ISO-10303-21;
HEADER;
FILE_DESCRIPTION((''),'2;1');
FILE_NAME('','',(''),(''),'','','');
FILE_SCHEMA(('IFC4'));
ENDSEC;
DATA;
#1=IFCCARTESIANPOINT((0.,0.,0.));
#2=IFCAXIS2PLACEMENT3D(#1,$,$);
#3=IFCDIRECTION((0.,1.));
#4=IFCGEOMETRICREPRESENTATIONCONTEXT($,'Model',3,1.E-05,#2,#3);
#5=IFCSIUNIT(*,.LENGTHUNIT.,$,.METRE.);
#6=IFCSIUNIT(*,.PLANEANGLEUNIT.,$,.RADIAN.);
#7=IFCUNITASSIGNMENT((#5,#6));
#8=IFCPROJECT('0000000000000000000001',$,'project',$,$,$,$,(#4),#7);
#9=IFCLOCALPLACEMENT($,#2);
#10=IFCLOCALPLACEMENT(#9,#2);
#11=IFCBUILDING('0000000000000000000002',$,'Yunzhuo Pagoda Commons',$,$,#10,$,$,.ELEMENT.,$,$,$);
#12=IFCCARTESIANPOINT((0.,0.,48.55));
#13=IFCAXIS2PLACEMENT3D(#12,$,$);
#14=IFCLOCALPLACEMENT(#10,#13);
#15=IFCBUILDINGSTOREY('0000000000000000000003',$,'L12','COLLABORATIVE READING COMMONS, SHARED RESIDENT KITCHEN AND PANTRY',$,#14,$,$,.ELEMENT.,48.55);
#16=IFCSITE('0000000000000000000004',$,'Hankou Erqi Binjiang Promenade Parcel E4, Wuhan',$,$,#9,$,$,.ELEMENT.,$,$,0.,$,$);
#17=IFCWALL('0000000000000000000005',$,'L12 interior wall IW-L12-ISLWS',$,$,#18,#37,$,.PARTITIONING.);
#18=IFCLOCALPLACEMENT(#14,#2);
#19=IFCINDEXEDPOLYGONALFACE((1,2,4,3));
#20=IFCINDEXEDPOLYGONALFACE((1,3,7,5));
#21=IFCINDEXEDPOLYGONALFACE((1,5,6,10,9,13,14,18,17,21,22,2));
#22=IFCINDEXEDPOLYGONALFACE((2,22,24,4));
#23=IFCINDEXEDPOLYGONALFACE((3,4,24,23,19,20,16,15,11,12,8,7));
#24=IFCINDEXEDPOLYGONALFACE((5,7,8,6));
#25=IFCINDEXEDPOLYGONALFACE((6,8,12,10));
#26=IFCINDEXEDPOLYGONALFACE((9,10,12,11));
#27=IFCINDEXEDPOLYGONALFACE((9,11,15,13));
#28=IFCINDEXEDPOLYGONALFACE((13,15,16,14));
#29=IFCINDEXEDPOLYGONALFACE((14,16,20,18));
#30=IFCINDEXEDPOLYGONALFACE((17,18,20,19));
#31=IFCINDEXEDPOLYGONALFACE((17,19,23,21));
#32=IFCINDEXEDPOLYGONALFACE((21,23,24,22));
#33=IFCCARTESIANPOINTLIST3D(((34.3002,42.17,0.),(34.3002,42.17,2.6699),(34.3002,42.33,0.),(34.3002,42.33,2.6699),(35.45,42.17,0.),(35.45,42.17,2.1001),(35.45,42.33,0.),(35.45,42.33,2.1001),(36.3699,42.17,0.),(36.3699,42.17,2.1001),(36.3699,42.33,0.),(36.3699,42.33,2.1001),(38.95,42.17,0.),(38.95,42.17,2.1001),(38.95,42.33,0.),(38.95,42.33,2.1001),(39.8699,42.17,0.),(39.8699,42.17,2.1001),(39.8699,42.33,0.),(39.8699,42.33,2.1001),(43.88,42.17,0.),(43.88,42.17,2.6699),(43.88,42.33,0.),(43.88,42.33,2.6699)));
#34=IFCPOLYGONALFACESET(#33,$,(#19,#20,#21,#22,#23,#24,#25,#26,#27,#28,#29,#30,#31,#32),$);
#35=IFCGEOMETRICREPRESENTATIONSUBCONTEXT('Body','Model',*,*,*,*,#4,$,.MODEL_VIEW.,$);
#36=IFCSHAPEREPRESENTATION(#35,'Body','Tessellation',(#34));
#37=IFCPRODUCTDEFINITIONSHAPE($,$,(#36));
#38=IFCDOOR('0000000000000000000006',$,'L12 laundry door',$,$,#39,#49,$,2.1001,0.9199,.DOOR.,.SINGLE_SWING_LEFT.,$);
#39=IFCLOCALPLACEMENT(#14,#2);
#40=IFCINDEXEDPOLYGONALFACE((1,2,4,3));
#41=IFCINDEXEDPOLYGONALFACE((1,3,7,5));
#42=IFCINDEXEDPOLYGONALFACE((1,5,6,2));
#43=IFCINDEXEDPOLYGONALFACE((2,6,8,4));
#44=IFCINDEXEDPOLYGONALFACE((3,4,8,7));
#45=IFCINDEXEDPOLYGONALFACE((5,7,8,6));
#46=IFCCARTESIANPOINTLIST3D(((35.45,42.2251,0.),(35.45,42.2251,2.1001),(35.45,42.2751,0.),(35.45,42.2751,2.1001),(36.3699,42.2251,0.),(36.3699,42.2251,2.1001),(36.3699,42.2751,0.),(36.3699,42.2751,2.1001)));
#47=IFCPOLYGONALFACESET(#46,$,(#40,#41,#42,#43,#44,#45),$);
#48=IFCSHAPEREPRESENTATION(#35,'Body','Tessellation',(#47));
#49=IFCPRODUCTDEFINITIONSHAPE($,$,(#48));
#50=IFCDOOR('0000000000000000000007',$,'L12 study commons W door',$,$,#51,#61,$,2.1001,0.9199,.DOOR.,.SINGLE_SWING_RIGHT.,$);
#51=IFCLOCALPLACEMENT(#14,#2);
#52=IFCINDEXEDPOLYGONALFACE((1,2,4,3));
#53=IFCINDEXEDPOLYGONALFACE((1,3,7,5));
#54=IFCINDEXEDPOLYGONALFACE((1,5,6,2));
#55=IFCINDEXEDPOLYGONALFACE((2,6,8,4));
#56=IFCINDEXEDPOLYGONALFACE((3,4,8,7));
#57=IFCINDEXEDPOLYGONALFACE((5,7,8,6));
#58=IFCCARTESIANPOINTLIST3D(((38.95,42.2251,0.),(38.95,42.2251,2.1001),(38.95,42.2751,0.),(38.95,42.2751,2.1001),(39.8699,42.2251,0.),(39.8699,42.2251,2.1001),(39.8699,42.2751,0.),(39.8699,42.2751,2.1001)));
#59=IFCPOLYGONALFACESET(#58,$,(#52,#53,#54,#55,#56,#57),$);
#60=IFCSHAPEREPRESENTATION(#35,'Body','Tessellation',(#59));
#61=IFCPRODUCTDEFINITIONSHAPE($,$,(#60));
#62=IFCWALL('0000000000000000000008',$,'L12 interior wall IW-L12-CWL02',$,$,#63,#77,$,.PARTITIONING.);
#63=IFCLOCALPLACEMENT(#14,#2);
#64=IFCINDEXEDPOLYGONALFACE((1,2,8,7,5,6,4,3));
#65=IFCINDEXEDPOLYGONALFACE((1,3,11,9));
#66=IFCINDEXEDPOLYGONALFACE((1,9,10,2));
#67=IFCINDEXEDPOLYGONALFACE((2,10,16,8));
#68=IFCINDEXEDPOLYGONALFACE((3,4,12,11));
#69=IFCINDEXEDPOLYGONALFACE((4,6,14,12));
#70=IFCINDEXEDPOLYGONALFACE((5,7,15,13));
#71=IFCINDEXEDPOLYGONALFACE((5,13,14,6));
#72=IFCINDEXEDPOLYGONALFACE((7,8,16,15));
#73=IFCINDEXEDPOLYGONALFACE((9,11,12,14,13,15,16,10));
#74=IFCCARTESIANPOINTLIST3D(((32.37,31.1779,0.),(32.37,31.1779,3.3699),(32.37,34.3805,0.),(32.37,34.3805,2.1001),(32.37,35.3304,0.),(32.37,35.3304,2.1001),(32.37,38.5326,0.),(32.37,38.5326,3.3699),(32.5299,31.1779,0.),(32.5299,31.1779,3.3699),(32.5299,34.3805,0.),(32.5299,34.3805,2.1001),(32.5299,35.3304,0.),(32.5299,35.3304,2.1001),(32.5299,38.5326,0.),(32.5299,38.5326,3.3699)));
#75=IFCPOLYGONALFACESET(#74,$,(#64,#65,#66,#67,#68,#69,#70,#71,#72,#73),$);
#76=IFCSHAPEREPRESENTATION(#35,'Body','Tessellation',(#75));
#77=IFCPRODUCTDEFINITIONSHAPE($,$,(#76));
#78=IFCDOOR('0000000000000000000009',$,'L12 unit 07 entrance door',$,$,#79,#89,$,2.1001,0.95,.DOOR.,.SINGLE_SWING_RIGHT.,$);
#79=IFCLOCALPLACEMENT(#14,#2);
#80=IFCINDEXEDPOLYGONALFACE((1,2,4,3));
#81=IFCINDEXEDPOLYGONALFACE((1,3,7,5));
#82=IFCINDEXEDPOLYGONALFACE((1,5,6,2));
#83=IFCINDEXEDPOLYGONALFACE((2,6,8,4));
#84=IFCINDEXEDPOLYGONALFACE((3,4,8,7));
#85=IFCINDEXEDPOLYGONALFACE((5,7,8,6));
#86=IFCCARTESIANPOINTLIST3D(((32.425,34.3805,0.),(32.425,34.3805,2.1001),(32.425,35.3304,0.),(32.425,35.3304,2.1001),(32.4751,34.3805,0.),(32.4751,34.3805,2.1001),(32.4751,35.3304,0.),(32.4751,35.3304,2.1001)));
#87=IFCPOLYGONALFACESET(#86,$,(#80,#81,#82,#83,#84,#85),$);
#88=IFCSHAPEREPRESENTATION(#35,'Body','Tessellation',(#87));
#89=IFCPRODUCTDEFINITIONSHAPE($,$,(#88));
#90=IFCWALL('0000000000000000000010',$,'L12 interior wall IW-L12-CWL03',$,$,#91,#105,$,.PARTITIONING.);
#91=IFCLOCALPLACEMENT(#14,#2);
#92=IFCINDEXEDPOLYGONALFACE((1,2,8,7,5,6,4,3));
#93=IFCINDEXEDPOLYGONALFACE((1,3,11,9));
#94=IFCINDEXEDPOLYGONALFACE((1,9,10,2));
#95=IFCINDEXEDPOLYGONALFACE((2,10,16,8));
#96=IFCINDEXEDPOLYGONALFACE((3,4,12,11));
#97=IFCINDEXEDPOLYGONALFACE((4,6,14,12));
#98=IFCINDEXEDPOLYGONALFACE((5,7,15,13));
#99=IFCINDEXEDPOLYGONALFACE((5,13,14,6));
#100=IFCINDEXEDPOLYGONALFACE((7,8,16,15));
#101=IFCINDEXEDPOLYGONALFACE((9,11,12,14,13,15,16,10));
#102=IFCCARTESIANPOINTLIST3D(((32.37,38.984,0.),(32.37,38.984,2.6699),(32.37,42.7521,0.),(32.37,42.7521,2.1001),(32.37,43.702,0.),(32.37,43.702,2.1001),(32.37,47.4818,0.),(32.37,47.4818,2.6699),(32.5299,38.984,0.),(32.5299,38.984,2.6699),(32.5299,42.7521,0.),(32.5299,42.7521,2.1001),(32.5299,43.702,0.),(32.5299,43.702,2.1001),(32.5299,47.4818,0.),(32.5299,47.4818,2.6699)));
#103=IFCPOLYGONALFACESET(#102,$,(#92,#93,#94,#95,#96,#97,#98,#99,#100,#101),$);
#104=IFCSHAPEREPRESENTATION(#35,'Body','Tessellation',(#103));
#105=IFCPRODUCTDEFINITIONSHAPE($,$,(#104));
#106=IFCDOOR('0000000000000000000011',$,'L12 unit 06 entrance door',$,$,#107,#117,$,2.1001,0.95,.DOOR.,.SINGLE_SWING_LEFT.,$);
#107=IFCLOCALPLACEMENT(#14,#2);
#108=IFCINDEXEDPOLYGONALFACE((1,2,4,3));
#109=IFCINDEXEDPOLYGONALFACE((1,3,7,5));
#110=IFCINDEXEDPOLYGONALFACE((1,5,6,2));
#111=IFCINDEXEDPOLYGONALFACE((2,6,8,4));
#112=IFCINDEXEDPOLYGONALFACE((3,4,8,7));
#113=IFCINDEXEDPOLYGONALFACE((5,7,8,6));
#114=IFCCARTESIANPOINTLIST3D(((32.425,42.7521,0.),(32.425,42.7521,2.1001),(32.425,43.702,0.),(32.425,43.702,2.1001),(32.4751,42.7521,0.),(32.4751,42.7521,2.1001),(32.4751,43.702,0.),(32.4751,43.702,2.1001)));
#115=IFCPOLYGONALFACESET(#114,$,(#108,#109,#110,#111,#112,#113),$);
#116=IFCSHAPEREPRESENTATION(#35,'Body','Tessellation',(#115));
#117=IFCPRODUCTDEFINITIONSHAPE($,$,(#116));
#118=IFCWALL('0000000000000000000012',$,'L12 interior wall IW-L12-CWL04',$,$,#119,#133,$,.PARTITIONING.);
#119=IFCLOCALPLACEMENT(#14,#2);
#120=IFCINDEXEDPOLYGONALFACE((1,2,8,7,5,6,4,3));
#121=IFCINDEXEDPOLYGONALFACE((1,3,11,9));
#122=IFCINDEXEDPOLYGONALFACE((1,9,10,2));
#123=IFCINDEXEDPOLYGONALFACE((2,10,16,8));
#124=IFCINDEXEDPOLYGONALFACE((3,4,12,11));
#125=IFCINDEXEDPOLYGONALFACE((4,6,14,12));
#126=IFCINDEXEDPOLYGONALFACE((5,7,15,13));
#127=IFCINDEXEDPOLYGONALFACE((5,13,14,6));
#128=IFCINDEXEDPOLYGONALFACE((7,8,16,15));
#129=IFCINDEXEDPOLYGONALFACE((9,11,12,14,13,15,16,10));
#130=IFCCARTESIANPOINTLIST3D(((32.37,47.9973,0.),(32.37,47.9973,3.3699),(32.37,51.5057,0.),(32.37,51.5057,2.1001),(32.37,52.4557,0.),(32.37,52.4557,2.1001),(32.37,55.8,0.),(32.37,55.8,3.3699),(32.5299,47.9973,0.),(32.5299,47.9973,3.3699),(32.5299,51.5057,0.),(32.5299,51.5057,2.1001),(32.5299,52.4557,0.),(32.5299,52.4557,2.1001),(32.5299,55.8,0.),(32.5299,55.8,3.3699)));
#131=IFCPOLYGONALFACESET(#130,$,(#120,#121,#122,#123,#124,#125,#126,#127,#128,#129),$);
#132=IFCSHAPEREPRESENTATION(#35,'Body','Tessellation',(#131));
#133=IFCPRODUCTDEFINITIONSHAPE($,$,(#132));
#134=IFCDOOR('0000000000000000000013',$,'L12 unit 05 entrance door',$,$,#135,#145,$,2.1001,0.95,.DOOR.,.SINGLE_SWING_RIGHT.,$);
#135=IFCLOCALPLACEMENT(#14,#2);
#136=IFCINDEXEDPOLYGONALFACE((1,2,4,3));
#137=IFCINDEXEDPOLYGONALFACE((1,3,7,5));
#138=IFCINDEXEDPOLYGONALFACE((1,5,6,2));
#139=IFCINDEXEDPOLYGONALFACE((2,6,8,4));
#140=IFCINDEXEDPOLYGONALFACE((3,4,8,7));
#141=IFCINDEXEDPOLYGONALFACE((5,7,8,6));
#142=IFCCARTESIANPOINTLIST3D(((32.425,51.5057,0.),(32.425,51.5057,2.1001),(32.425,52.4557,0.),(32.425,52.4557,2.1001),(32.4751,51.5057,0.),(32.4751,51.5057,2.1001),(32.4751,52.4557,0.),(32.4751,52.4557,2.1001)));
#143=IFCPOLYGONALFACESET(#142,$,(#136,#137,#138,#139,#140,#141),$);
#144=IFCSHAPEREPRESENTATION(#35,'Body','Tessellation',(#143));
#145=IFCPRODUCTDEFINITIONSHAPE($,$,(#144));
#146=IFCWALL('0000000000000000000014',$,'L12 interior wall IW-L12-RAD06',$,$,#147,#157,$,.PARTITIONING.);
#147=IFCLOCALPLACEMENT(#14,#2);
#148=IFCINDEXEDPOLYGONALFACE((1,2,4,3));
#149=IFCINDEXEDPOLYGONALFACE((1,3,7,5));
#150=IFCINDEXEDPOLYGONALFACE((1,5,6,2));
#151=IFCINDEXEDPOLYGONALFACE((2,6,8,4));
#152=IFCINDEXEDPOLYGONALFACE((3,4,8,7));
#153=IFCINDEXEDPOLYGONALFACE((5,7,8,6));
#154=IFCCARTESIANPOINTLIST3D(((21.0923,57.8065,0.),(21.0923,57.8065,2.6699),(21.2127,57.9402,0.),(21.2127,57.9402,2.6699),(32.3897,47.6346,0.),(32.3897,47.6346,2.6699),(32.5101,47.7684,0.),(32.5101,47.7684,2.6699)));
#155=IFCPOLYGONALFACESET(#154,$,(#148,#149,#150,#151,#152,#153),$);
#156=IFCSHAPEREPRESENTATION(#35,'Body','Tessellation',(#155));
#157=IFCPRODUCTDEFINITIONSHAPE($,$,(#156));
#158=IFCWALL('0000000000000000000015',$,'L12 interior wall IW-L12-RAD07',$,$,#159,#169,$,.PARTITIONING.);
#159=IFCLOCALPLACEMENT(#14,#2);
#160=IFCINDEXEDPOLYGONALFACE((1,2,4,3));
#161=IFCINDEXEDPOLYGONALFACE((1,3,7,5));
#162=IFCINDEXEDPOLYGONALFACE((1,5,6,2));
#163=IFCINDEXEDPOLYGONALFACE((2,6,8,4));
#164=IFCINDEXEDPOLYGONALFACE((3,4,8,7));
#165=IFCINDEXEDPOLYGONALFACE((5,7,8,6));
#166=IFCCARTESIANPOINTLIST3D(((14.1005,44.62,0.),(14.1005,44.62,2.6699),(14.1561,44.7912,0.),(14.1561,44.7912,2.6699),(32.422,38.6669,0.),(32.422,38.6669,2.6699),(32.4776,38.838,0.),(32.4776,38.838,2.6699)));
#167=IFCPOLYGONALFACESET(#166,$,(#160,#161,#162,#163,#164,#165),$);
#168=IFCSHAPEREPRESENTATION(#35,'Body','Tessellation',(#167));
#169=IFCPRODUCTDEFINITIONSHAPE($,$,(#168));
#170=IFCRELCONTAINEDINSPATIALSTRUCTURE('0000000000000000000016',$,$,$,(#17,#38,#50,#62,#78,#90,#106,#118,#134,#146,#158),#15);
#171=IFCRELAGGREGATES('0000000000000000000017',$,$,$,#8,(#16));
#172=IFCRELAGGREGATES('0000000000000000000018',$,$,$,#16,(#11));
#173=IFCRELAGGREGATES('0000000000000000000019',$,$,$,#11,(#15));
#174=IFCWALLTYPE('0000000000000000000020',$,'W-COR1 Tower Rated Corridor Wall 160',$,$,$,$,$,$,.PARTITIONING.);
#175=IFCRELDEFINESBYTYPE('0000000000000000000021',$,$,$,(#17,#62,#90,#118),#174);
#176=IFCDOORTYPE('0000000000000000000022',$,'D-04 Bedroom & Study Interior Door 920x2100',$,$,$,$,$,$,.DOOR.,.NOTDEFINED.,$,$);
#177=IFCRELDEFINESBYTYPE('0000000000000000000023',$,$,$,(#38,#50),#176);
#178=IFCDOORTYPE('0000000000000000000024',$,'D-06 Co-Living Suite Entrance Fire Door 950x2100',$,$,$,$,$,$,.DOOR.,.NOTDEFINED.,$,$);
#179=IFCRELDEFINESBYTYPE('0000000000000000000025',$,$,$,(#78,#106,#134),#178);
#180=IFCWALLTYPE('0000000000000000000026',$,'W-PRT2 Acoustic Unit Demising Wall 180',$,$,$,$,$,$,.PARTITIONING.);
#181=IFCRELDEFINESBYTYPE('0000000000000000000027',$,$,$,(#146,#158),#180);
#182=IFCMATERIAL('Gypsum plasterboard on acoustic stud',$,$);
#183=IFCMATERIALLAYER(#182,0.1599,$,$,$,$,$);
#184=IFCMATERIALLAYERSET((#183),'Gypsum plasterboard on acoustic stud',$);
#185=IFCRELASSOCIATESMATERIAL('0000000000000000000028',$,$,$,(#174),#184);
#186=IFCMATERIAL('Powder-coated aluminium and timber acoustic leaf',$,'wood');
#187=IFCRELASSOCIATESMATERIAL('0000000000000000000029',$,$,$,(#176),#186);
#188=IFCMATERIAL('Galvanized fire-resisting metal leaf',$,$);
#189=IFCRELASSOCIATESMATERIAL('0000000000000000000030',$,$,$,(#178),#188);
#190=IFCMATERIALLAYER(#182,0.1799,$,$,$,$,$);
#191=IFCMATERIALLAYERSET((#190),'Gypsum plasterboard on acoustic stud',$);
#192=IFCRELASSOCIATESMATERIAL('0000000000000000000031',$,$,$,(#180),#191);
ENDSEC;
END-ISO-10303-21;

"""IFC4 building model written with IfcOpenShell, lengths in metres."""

from ifc_helpers import new_model, si_unit, direction, frame, frame_2d, origin, origin_with_axes, place, context, subcontext, project, spatial, rectangle, extrude, source, transform, mapped, material, layer, layer_set, type_object, element, fill, save


model = new_model("IFC4")

# Units and contexts
model_context = context("Model", 3, precision=1e-05, world=origin(), true_north=direction((0.0, 1.0)))
body_context = subcontext(model_context, "Body", "Model", "MODEL_VIEW")
ifc_project = project(units=[si_unit("LENGTHUNIT", "METRE"), si_unit("PLANEANGLEUNIT", "RADIAN")], contexts=[model_context])

# Site, building, storey
site_placement = place(None, origin())
site = spatial("IfcSite", under=ifc_project, at=site_placement, Name="Hankou Erqi Binjiang Promenade Parcel E4, Wuhan", CompositionType="ELEMENT", RefElevation=0.0)
building_placement = place(site_placement, origin())
building = spatial("IfcBuilding", under=site, at=building_placement, Name="Yunzhuo Pagoda Commons", CompositionType="ELEMENT")
storey_placement = place(building_placement, frame((0.0, 0.0, 48.55)))
storey = spatial("IfcBuildingStorey", under=building, at=storey_placement, Name="L12", Description="COLLABORATIVE READING COMMONS, SHARED RESIDENT KITCHEN AND PANTRY", CompositionType="ELEMENT", Elevation=48.55)

# Wall, openings, doors
ifc_material_1 = material(Name="Gypsum plasterboard on acoustic stud")
ifc_layer_1 = layer(ifc_material_1, 0.1599)
ifc_layer_set_1 = layer_set([ifc_layer_1], Name="Gypsum plasterboard on acoustic stud")
wall_type_1 = type_object("IfcWallType", Name="W-COR1 Tower Rated Corridor Wall 160", PredefinedType="PARTITIONING", material=ifc_layer_set_1)
wall_1_placement = place(storey_placement, frame((34.3, 42.25, 0.0), z_axis=(0.0, 0.0, 1.0), x_axis=(1.0, 0.0, 0.0)))
wall_1 = element("IfcWall", 1, at=wall_1_placement, inside=storey, type_object=wall_type_1, Name="L12 interior wall IW-L12-ISLWS", PredefinedType="PARTITIONING", context=body_context, shape_type="SweptSolid", body=[
    extrude(rectangle(XDim=9.5798, YDim=0.1599, at=frame_2d((4.79, 0.0))), origin(), (0.0, 0.0, 1.0), 2.6699),
])
opening_1_placement = place(wall_1_placement, frame((1.1499, 0.0, 0.0)))
opening_1 = element("IfcOpeningElement", 2, at=opening_1_placement, cuts=wall_1, PredefinedType="OPENING", context=body_context, shape_type="SweptSolid", body=[
    extrude(rectangle(XDim=0.9199, YDim=2.1001, at=frame_2d((0.46, 1.05))), frame((0.0, 0.0898, 0.0), z_axis=(0.0, -1.0, 0.0), x_axis=(1.0, 0.0, 0.0)), (0.0, 0.0, 1.0), 0.1799),
])
opening_2_placement = place(wall_1_placement, frame((4.6499, 0.0, 0.0)))
opening_2 = element("IfcOpeningElement", 3, at=opening_2_placement, cuts=wall_1, PredefinedType="OPENING", context=body_context, shape_type="SweptSolid", body=[
    extrude(rectangle(XDim=0.9199, YDim=2.1001, at=frame_2d((0.46, 1.05))), frame((0.0, 0.0898, 0.0), z_axis=(0.0, -1.0, 0.0), x_axis=(1.0, 0.0, 0.0)), (0.0, 0.0, 1.0), 0.1799),
])
ifc_material_2 = material(Name="Powder-coated aluminium and timber acoustic leaf", Category="wood")
door_type_1 = type_object("IfcDoorType", Name="D-04 Bedroom & Study Interior Door 920x2100", OperationType="NOTDEFINED", PredefinedType="DOOR", material=ifc_material_2)
shared_shape_1 = source(origin(), body_context, "Body", "SweptSolid", [
    extrude(rectangle(XDim=0.9199, YDim=2.1001, at=frame_2d((0.46, 1.05))), frame((0.0, 0.0249, 0.0), z_axis=(0.0, -1.0, 0.0), x_axis=(1.0, 0.0, 0.0)), (0.0, 0.0, 1.0), 0.05),
])
door_1_placement = place(opening_1_placement, frame((0.9199, 0.0, 0.0), z_axis=(0.0, 0.0, 1.0), x_axis=(-1.0, 0.0, 0.0)))
door_1 = element("IfcDoor", 4, at=door_1_placement, inside=storey, type_object=door_type_1, Name="L12 laundry door", OperationType="SINGLE_SWING_LEFT", OverallHeight=2.1001, OverallWidth=0.9199, PredefinedType="DOOR", context=body_context, shape_type="MappedRepresentation", body=[
    mapped(shared_shape_1, transform((0.0, 0.0, 0.0), scale=1.0)),
])
fill(opening_1, door_1)
door_2_placement = place(opening_2_placement, frame((0.9199, 0.0, 0.0), z_axis=(0.0, 0.0, 1.0), x_axis=(-1.0, 0.0, 0.0)))
door_2 = element("IfcDoor", 5, at=door_2_placement, inside=storey, type_object=door_type_1, Name="L12 study commons W door", OperationType="SINGLE_SWING_RIGHT", OverallHeight=2.1001, OverallWidth=0.9199, PredefinedType="DOOR", context=body_context, shape_type="MappedRepresentation", body=[
    mapped(shared_shape_1, transform((0.0, 0.0, 0.0), scale=1.0)),
])
fill(opening_2, door_2)

# Walls, openings, doors
wall_2_placement = place(storey_placement, frame((32.45, 31.178, 0.0), z_axis=(0.0, 0.0, 1.0), x_axis=(0.0, 1.0, 0.0)))
wall_2 = element("IfcWall", 6, at=wall_2_placement, inside=storey, type_object=wall_type_1, Name="L12 interior wall IW-L12-CWL02", PredefinedType="PARTITIONING", context=body_context, shape_type="SweptSolid", body=[
    extrude(rectangle(XDim=7.3547, YDim=0.1599, at=frame_2d((3.6772, 0.0))), origin(), (0.0, 0.0, 1.0), 3.3699),
])
opening_3_placement = place(wall_2_placement, frame((3.2024, 0.0, 0.0)))
opening_3 = element("IfcOpeningElement", 7, at=opening_3_placement, cuts=wall_2, PredefinedType="OPENING", context=body_context, shape_type="SweptSolid", body=[
    extrude(rectangle(XDim=0.95, YDim=2.1001, at=frame_2d((0.4751, 1.05))), frame((0.0, 0.0898, 0.0), z_axis=(0.0, -1.0, 0.0), x_axis=(1.0, 0.0, 0.0)), (0.0, 0.0, 1.0), 0.1799),
])
ifc_material_3 = material(Name="Galvanized fire-resisting metal leaf")
door_type_2 = type_object("IfcDoorType", Name="D-06 Co-Living Suite Entrance Fire Door 950x2100", OperationType="NOTDEFINED", PredefinedType="DOOR", material=ifc_material_3)
shared_shape_2 = source(origin(), body_context, "Body", "SweptSolid", [
    extrude(rectangle(XDim=0.95, YDim=2.1001, at=frame_2d((0.4751, 1.05))), frame((0.0, 0.0249, 0.0), z_axis=(0.0, -1.0, 0.0), x_axis=(1.0, 0.0, 0.0)), (0.0, 0.0, 1.0), 0.05),
])
door_3_placement = place(opening_3_placement, origin_with_axes())
door_3 = element("IfcDoor", 8, at=door_3_placement, inside=storey, type_object=door_type_2, Name="L12 unit 07 entrance door", OperationType="SINGLE_SWING_RIGHT", OverallHeight=2.1001, OverallWidth=0.95, PredefinedType="DOOR", context=body_context, shape_type="MappedRepresentation", body=[
    mapped(shared_shape_2, transform((0.0, 0.0, 0.0), scale=1.0)),
])
fill(opening_3, door_3)
wall_3_placement = place(storey_placement, frame((32.45, 38.9839, 0.0), z_axis=(0.0, 0.0, 1.0), x_axis=(0.0, 1.0, 0.0)))
wall_3 = element("IfcWall", 9, at=wall_3_placement, inside=storey, type_object=wall_type_1, Name="L12 interior wall IW-L12-CWL03", PredefinedType="PARTITIONING", context=body_context, shape_type="SweptSolid", body=[
    extrude(rectangle(XDim=8.4978, YDim=0.1599, at=frame_2d((4.249, 0.0))), origin(), (0.0, 0.0, 1.0), 2.6699),
])
opening_4_placement = place(wall_3_placement, frame((3.7681, 0.0, 0.0)))
opening_4 = element("IfcOpeningElement", 10, at=opening_4_placement, cuts=wall_3, PredefinedType="OPENING", context=body_context, shape_type="SweptSolid", body=[
    extrude(rectangle(XDim=0.95, YDim=2.1001, at=frame_2d((0.4751, 1.05))), frame((0.0, 0.0898, 0.0), z_axis=(0.0, -1.0, 0.0), x_axis=(1.0, 0.0, 0.0)), (0.0, 0.0, 1.0), 0.1799),
])
door_4_placement = place(opening_4_placement, origin_with_axes())
door_4 = element("IfcDoor", 11, at=door_4_placement, inside=storey, type_object=door_type_2, Name="L12 unit 06 entrance door", OperationType="SINGLE_SWING_LEFT", OverallHeight=2.1001, OverallWidth=0.95, PredefinedType="DOOR", context=body_context, shape_type="MappedRepresentation", body=[
    mapped(shared_shape_2, transform((0.0, 0.0, 0.0), scale=1.0)),
])
fill(opening_4, door_4)
wall_4_placement = place(storey_placement, frame((32.45, 47.9973, 0.0), z_axis=(0.0, 0.0, 1.0), x_axis=(0.0, 1.0, 0.0)))
wall_4 = element("IfcWall", 12, at=wall_4_placement, inside=storey, type_object=wall_type_1, Name="L12 interior wall IW-L12-CWL04", PredefinedType="PARTITIONING", context=body_context, shape_type="SweptSolid", body=[
    extrude(rectangle(XDim=7.8027, YDim=0.1599, at=frame_2d((3.9014, 0.0))), origin(), (0.0, 0.0, 1.0), 3.3699),
])
opening_5_placement = place(wall_4_placement, frame((3.5083, 0.0, 0.0)))
opening_5 = element("IfcOpeningElement", 13, at=opening_5_placement, cuts=wall_4, PredefinedType="OPENING", context=body_context, shape_type="SweptSolid", body=[
    extrude(rectangle(XDim=0.95, YDim=2.1001, at=frame_2d((0.4751, 1.05))), frame((0.0, 0.0898, 0.0), z_axis=(0.0, -1.0, 0.0), x_axis=(1.0, 0.0, 0.0)), (0.0, 0.0, 1.0), 0.1799),
])
door_5_placement = place(opening_5_placement, origin_with_axes())
door_5 = element("IfcDoor", 14, at=door_5_placement, inside=storey, type_object=door_type_2, Name="L12 unit 05 entrance door", OperationType="SINGLE_SWING_RIGHT", OverallHeight=2.1001, OverallWidth=0.95, PredefinedType="DOOR", context=body_context, shape_type="MappedRepresentation", body=[
    mapped(shared_shape_2, transform((0.0, 0.0, 0.0), scale=1.0)),
])
fill(opening_5, door_5)

# Walls
ifc_layer_2 = layer(ifc_material_1, 0.1799)
ifc_layer_set_2 = layer_set([ifc_layer_2], Name="Gypsum plasterboard on acoustic stud")
wall_type_2 = type_object("IfcWallType", Name="W-PRT2 Acoustic Unit Demising Wall 180", PredefinedType="PARTITIONING", material=ifc_layer_set_2)
wall_5_placement = place(storey_placement, frame((32.45, 47.7014, 0.0), z_axis=(0.0, 0.0, 1.0), x_axis=(-0.743155, 0.669119, 0.0)))
element("IfcWall", 15, at=wall_5_placement, inside=storey, type_object=wall_type_2, Name="L12 interior wall IW-L12-RAD06", PredefinedType="PARTITIONING", context=body_context, shape_type="SweptSolid", body=[
    extrude(rectangle(XDim=15.2019, YDim=0.1799, at=frame_2d((7.6011, 0.0))), origin(), (0.0, 0.0, 1.0), 2.6699),
])
wall_6_placement = place(storey_placement, frame((32.45, 38.7524, 0.0), z_axis=(0.0, 0.0, 1.0), x_axis=(-0.951055, 0.309022, 0.0)))
element("IfcWall", 16, at=wall_6_placement, inside=storey, type_object=wall_type_2, Name="L12 interior wall IW-L12-RAD07", PredefinedType="PARTITIONING", context=body_context, shape_type="SweptSolid", body=[
    extrude(rectangle(XDim=19.2644, YDim=0.1799, at=frame_2d((9.6323, 0.0))), origin(), (0.0, 0.0, 1.0), 2.6699),
])

save(model, "model.ifc")
